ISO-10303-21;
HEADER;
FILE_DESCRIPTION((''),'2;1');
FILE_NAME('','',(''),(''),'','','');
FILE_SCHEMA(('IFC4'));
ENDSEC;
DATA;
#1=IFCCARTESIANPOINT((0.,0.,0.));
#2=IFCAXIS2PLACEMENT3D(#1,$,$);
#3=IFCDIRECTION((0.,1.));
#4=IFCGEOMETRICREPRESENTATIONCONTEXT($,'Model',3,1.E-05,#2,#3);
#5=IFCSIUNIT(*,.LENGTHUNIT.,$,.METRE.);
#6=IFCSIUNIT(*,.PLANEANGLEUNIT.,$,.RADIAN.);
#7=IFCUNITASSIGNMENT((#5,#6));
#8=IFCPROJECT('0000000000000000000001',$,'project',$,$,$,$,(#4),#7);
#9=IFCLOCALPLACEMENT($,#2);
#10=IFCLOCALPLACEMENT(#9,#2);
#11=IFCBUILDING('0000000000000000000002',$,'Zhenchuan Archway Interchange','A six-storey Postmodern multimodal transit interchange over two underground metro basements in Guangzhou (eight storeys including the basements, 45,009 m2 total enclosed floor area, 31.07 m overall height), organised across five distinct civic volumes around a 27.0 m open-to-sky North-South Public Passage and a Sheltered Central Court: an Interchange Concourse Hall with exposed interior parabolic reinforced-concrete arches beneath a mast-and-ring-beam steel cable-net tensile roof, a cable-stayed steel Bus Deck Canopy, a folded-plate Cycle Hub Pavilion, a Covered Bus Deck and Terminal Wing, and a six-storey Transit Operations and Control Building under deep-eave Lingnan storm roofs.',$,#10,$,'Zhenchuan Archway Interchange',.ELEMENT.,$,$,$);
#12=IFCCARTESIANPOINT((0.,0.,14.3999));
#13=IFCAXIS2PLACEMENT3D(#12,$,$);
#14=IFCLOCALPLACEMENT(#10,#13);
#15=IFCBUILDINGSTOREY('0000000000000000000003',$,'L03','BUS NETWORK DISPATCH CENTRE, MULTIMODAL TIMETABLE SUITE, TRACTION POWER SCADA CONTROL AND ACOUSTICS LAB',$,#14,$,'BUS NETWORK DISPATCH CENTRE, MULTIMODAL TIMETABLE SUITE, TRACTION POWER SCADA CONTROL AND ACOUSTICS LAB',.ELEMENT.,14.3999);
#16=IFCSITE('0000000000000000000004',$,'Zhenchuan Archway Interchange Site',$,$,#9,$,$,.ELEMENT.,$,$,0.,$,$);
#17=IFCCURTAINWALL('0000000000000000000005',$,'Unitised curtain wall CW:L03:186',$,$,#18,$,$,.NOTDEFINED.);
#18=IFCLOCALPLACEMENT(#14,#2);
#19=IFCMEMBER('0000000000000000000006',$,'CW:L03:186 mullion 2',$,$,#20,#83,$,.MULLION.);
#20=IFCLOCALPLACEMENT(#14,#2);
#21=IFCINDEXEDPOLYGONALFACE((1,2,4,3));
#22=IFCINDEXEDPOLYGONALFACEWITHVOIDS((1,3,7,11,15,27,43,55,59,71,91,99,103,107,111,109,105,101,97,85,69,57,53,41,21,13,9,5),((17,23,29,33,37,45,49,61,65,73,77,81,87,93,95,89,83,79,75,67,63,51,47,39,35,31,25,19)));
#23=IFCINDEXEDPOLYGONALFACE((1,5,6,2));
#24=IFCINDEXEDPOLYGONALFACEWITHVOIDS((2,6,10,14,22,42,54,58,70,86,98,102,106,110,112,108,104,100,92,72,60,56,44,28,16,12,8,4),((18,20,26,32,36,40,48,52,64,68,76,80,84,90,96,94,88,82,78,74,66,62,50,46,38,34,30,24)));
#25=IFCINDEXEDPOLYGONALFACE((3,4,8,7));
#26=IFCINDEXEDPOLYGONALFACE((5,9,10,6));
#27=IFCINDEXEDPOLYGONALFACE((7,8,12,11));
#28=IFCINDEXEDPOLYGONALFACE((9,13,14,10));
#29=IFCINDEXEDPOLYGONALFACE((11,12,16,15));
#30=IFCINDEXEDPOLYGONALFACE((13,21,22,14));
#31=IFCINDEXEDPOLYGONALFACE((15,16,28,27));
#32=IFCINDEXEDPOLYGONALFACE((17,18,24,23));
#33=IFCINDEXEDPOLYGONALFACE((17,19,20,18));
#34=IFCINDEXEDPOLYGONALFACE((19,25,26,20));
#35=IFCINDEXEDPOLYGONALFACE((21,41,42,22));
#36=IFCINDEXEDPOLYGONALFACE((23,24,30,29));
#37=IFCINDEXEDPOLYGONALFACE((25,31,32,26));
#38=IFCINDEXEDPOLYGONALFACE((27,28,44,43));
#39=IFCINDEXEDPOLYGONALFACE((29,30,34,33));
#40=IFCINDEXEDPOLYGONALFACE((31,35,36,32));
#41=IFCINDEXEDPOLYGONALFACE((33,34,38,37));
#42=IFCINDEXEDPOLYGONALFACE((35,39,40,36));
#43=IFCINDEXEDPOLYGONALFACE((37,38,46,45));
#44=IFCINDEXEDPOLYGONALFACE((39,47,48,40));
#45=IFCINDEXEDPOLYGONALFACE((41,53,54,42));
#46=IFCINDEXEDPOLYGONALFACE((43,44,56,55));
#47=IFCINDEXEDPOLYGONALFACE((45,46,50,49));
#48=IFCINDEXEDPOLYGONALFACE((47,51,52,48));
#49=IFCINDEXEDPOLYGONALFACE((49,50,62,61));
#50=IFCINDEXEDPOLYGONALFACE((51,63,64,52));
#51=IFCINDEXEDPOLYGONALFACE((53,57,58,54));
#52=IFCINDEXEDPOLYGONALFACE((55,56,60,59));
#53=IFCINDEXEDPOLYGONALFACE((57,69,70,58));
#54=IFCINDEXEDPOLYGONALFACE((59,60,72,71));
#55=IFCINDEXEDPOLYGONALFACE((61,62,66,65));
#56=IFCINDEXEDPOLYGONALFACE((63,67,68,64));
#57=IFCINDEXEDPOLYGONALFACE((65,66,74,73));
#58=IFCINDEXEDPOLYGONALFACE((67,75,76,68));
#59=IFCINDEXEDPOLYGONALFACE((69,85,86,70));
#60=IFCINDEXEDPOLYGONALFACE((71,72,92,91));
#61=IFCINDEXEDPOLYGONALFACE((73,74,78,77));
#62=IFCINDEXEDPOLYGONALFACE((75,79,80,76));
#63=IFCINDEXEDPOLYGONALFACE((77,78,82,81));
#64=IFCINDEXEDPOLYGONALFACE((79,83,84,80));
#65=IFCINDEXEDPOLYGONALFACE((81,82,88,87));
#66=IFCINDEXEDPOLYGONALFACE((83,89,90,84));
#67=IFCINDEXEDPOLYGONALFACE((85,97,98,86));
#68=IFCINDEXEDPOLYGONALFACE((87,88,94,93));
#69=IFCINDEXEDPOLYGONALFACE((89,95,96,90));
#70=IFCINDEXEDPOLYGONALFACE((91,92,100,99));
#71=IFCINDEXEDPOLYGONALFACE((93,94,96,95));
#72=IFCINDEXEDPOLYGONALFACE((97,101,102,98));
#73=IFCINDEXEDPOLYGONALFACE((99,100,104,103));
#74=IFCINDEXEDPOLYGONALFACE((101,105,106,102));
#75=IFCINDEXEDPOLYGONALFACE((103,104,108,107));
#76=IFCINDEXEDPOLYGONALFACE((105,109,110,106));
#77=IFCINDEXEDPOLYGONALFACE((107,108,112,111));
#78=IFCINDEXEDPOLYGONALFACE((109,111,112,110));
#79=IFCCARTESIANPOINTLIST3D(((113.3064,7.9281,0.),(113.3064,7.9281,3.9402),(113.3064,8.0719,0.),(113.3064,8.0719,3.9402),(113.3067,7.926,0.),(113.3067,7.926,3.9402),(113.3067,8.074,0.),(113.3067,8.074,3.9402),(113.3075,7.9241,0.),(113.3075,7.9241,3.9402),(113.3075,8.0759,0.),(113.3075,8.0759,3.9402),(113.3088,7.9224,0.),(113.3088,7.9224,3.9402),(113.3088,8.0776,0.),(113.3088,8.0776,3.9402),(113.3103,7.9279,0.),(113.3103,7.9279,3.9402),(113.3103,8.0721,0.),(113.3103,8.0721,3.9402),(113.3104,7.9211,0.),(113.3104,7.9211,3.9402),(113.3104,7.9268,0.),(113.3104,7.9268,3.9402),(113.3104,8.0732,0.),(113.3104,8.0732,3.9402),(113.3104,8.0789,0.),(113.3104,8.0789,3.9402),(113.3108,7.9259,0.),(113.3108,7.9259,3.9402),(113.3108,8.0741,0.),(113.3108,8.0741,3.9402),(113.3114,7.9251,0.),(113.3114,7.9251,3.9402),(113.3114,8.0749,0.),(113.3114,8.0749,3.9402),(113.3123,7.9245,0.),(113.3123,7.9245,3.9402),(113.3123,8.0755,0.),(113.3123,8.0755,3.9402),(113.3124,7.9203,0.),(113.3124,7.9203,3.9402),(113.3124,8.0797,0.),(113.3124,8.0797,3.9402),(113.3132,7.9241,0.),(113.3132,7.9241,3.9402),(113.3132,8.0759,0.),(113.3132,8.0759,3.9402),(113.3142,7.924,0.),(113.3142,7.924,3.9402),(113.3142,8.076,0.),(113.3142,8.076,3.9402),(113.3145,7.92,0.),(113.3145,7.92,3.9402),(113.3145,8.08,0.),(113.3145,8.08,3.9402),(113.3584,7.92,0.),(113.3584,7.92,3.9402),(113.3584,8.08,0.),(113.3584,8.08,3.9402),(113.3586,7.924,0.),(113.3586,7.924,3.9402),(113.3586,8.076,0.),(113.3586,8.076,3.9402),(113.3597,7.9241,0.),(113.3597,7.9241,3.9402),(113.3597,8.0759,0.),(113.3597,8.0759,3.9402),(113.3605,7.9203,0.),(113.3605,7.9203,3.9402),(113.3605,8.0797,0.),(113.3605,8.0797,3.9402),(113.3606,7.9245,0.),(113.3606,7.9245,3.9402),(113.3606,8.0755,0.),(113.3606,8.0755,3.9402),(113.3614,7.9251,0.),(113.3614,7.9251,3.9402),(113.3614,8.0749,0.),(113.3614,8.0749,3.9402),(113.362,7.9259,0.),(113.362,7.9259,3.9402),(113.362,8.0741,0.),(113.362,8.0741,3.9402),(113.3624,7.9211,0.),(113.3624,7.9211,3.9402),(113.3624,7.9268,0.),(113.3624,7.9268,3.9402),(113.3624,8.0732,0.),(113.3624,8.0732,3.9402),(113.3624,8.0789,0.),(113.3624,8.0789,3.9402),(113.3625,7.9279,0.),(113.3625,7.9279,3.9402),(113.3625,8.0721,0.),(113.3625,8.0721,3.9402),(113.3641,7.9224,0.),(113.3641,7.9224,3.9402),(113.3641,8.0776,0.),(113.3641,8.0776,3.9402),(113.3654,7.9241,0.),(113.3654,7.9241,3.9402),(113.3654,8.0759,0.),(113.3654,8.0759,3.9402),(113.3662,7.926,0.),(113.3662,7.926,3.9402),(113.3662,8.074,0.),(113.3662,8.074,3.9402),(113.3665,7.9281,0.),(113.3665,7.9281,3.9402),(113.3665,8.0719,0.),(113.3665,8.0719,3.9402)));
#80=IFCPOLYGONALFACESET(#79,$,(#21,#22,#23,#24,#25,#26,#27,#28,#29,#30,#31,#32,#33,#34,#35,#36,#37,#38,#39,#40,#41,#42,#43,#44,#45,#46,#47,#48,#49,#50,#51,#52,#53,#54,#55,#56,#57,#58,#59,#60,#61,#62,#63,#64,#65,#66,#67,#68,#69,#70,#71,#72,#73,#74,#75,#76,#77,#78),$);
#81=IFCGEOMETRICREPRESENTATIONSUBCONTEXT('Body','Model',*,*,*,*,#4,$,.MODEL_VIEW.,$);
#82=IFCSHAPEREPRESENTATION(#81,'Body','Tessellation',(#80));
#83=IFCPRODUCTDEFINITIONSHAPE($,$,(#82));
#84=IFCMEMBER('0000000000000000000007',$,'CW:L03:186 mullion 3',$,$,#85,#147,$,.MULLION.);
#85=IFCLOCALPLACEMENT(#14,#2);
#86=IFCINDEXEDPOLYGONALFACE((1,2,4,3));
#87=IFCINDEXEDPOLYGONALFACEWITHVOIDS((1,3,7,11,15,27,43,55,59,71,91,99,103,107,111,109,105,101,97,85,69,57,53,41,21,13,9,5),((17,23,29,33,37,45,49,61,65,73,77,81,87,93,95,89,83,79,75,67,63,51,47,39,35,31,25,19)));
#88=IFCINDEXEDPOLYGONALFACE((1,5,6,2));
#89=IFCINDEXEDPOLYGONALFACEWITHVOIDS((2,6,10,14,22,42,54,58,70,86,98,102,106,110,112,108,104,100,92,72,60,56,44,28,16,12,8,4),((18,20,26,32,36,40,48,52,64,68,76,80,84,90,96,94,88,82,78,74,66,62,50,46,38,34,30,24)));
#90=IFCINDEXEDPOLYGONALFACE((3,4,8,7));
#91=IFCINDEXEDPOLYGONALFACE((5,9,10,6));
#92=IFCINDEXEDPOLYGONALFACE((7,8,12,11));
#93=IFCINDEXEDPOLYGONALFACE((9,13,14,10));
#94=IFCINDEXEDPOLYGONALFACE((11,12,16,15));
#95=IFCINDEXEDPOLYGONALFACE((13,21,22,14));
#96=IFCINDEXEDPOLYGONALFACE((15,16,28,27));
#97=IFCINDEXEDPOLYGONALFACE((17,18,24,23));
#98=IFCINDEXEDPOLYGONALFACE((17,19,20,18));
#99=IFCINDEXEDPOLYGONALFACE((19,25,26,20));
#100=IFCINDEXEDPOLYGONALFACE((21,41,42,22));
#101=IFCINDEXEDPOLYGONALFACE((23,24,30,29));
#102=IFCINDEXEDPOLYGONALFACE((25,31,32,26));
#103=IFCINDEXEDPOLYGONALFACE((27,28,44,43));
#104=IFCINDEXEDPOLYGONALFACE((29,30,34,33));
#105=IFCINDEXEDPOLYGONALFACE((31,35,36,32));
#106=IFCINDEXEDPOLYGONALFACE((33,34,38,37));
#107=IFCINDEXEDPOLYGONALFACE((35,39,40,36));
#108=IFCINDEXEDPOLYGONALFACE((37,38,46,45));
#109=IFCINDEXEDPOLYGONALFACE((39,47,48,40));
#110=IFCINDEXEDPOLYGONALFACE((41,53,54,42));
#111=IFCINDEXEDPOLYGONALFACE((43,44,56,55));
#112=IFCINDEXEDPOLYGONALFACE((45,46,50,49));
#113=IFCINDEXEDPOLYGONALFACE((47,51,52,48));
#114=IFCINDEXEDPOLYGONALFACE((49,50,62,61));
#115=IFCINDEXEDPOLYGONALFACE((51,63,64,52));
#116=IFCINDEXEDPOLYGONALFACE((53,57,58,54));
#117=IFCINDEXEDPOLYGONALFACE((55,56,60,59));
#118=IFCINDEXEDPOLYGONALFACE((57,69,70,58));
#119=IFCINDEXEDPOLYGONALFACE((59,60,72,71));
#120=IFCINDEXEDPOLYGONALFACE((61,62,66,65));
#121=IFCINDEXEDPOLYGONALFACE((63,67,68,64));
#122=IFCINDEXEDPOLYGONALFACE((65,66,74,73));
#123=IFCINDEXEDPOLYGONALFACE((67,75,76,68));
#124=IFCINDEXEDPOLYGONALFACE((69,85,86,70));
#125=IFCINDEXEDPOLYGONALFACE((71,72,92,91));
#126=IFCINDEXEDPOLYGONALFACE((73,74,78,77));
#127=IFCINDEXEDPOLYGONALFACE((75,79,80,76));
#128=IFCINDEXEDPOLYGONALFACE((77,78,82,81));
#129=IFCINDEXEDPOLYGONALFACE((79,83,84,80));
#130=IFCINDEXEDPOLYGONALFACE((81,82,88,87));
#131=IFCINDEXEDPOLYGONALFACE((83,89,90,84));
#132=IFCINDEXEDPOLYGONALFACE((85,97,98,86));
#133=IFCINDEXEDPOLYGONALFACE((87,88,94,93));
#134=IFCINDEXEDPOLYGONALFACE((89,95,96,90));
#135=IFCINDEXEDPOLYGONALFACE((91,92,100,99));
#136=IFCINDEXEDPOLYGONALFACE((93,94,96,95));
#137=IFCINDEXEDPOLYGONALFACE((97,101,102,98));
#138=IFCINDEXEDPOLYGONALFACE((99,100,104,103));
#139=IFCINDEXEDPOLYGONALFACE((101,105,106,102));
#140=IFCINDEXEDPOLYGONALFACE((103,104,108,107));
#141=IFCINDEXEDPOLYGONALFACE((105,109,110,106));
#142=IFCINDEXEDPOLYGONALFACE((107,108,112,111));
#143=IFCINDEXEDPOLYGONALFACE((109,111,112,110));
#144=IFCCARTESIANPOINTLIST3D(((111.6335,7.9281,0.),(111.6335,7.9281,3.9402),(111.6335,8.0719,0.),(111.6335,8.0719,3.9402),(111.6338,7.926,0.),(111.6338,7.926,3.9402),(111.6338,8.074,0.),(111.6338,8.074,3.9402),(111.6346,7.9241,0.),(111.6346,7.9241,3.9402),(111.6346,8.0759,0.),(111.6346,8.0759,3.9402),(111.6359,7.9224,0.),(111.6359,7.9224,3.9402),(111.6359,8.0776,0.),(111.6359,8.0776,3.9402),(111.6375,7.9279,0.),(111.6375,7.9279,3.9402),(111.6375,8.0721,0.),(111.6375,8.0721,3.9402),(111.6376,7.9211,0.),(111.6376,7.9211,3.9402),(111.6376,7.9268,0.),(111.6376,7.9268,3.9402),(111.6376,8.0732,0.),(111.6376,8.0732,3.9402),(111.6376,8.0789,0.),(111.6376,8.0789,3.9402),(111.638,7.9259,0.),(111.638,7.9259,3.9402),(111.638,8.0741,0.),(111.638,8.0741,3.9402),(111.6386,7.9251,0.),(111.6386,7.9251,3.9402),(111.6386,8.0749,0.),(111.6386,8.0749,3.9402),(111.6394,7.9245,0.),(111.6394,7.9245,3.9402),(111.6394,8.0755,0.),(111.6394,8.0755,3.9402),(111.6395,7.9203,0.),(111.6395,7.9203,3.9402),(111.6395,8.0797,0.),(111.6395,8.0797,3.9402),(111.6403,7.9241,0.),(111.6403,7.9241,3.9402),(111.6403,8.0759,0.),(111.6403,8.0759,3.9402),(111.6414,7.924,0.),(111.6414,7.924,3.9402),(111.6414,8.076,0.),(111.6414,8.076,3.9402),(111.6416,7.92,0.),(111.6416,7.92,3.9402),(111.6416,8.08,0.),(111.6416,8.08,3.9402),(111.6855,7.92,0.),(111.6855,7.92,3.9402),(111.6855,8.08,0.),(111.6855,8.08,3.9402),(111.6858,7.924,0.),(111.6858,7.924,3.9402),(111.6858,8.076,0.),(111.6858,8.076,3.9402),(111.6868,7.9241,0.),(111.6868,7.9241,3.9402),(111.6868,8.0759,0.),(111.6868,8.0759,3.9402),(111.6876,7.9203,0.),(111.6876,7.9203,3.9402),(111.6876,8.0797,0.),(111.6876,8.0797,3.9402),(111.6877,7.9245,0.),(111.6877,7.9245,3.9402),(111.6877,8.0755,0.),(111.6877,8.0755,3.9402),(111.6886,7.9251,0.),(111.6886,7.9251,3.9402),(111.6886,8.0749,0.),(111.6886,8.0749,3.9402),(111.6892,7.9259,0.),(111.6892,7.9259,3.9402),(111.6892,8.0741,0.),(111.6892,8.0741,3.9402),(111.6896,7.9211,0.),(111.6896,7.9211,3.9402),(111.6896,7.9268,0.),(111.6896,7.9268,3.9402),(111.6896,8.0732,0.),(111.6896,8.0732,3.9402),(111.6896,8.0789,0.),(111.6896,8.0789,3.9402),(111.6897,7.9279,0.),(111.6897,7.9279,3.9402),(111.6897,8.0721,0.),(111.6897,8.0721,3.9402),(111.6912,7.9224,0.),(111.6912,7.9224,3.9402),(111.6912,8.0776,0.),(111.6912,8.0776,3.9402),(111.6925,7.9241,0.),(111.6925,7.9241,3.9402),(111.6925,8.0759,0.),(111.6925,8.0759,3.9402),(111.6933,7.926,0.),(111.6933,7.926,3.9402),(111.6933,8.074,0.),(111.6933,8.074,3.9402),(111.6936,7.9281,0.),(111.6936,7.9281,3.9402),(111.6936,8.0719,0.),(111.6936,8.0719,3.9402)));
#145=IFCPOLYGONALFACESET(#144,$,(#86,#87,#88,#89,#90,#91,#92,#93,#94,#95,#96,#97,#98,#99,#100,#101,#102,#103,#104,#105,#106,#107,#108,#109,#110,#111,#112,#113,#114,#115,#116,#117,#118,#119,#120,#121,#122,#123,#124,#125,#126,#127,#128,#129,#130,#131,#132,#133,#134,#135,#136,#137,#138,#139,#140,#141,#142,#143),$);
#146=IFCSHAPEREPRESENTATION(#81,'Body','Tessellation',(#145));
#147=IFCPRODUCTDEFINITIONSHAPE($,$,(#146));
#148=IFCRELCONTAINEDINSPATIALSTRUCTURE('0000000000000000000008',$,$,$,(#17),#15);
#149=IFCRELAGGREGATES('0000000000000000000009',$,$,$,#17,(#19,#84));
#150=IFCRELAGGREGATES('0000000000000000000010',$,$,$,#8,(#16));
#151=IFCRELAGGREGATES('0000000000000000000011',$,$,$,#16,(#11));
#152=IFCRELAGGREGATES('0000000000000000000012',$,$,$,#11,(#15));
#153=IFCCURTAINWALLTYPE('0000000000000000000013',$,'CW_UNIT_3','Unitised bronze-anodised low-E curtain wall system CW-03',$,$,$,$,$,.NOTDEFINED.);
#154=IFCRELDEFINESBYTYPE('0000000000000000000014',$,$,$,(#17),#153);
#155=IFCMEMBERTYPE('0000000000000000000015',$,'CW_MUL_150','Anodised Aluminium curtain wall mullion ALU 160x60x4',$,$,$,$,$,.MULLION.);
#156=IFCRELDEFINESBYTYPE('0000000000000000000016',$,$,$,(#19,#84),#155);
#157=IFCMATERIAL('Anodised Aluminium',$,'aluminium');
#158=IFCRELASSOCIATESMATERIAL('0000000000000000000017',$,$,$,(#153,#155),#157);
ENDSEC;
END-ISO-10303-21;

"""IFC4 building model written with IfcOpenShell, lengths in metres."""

from ifc_helpers import new_model, si_unit, direction, frame, origin, origin_2d, place, context, subcontext, project, spatial, hollow_rectangle, extrude, material, material_profile, profile_set, type_object, element, aggregate, save


model = new_model("IFC4")

# Units and contexts
model_context = context("Model", 3, precision=1e-05, world=origin(), true_north=direction((0.0, 1.0)))
body_context = subcontext(model_context, "Body", "Model", "MODEL_VIEW")
ifc_project = project(units=[si_unit("LENGTHUNIT", "METRE"), si_unit("PLANEANGLEUNIT", "RADIAN")], contexts=[model_context])

# Site, building, storey
site_placement = place(None, origin())
site = spatial("IfcSite", under=ifc_project, at=site_placement, Name="Zhenchuan Archway Interchange Site", CompositionType="ELEMENT", RefElevation=0.0)
building_placement = place(site_placement, origin())
building = spatial("IfcBuilding", under=site, at=building_placement, Name="Zhenchuan Archway Interchange", Description="A six-storey Postmodern multimodal transit interchange over two underground metro basements in Guangzhou (eight storeys including the basements, 45,009 m2 total enclosed floor area, 31.07 m overall height), organised across five distinct civic volumes around a 27.0 m open-to-sky North-South Public Passage and a Sheltered Central Court: an Interchange Concourse Hall with exposed interior parabolic reinforced-concrete arches beneath a mast-and-ring-beam steel cable-net tensile roof, a cable-stayed steel Bus Deck Canopy, a folded-plate Cycle Hub Pavilion, a Covered Bus Deck and Terminal Wing, and a six-storey Transit Operations and Control Building under deep-eave Lingnan storm roofs.", LongName="Zhenchuan Archway Interchange", CompositionType="ELEMENT")
storey_placement = place(building_placement, frame((0.0, 0.0, 14.3999)))
storey = spatial("IfcBuildingStorey", under=building, at=storey_placement, Name="L03", Description="BUS NETWORK DISPATCH CENTRE, MULTIMODAL TIMETABLE SUITE, TRACTION POWER SCADA CONTROL AND ACOUSTICS LAB", LongName="BUS NETWORK DISPATCH CENTRE, MULTIMODAL TIMETABLE SUITE, TRACTION POWER SCADA CONTROL AND ACOUSTICS LAB", CompositionType="ELEMENT", Elevation=14.3999)

# Curtain wall, members
ifc_material_1 = material(Name="Anodised Aluminium", Category="aluminium")
curtain_wall_type = type_object("IfcCurtainWallType", Name="CW_UNIT_3", Description="Unitised bronze-anodised low-E curtain wall system CW-03", PredefinedType="NOTDEFINED", material=ifc_material_1)
curtain_wall_placement = place(storey_placement, origin())
curtain_wall = element("IfcCurtainWall", 1, at=curtain_wall_placement, inside=storey, type_object=curtain_wall_type, Name="Unitised curtain wall CW:L03:186", PredefinedType="NOTDEFINED")
ifc_material_profile_1 = material_profile(ifc_material_1, hollow_rectangle(XDim=0.0601, YDim=0.1599, WallThickness=0.0039, InnerFilletRadius=0.0039, OuterFilletRadius=0.0081, at=origin_2d()), Name="ALU 160x60x4")
ifc_profile_set_1 = profile_set([ifc_material_profile_1], Name="Anodised Aluminium")
member_type_1 = type_object("IfcMemberType", Name="CW_MUL_150", Description="Anodised Aluminium curtain wall mullion ALU 160x60x4", PredefinedType="MULLION", material=ifc_profile_set_1)
member_1_placement = place(storey_placement, frame((113.3364, 8.0, 0.0), z_axis=(0.0, 0.0, 1.0), x_axis=(1.0, 0.0, 0.0)))
member_1 = element("IfcMember", 2, at=member_1_placement, type_object=member_type_1, Name="CW:L03:186 mullion 2", PredefinedType="MULLION", context=body_context, shape_type="SweptSolid", body=[
    extrude(hollow_rectangle(XDim=0.0601, YDim=0.1599, WallThickness=0.0039, InnerFilletRadius=0.0039, OuterFilletRadius=0.0081, at=origin_2d()), origin(), (0.0, 0.0, 1.0), 3.9402),
])
member_2_placement = place(storey_placement, frame((111.6636, 8.0, 0.0), z_axis=(0.0, 0.0, 1.0), x_axis=(1.0, 0.0, 0.0)))
member_2 = element("IfcMember", 3, at=member_2_placement, type_object=member_type_1, Name="CW:L03:186 mullion 3", PredefinedType="MULLION", context=body_context, shape_type="SweptSolid", body=[
    extrude(hollow_rectangle(XDim=0.0601, YDim=0.1599, WallThickness=0.0039, InnerFilletRadius=0.0039, OuterFilletRadius=0.0081, at=origin_2d()), origin(), (0.0, 0.0, 1.0), 3.9402),
])

aggregate(curtain_wall, [member_1, member_2])

save(model, "model.ifc")
